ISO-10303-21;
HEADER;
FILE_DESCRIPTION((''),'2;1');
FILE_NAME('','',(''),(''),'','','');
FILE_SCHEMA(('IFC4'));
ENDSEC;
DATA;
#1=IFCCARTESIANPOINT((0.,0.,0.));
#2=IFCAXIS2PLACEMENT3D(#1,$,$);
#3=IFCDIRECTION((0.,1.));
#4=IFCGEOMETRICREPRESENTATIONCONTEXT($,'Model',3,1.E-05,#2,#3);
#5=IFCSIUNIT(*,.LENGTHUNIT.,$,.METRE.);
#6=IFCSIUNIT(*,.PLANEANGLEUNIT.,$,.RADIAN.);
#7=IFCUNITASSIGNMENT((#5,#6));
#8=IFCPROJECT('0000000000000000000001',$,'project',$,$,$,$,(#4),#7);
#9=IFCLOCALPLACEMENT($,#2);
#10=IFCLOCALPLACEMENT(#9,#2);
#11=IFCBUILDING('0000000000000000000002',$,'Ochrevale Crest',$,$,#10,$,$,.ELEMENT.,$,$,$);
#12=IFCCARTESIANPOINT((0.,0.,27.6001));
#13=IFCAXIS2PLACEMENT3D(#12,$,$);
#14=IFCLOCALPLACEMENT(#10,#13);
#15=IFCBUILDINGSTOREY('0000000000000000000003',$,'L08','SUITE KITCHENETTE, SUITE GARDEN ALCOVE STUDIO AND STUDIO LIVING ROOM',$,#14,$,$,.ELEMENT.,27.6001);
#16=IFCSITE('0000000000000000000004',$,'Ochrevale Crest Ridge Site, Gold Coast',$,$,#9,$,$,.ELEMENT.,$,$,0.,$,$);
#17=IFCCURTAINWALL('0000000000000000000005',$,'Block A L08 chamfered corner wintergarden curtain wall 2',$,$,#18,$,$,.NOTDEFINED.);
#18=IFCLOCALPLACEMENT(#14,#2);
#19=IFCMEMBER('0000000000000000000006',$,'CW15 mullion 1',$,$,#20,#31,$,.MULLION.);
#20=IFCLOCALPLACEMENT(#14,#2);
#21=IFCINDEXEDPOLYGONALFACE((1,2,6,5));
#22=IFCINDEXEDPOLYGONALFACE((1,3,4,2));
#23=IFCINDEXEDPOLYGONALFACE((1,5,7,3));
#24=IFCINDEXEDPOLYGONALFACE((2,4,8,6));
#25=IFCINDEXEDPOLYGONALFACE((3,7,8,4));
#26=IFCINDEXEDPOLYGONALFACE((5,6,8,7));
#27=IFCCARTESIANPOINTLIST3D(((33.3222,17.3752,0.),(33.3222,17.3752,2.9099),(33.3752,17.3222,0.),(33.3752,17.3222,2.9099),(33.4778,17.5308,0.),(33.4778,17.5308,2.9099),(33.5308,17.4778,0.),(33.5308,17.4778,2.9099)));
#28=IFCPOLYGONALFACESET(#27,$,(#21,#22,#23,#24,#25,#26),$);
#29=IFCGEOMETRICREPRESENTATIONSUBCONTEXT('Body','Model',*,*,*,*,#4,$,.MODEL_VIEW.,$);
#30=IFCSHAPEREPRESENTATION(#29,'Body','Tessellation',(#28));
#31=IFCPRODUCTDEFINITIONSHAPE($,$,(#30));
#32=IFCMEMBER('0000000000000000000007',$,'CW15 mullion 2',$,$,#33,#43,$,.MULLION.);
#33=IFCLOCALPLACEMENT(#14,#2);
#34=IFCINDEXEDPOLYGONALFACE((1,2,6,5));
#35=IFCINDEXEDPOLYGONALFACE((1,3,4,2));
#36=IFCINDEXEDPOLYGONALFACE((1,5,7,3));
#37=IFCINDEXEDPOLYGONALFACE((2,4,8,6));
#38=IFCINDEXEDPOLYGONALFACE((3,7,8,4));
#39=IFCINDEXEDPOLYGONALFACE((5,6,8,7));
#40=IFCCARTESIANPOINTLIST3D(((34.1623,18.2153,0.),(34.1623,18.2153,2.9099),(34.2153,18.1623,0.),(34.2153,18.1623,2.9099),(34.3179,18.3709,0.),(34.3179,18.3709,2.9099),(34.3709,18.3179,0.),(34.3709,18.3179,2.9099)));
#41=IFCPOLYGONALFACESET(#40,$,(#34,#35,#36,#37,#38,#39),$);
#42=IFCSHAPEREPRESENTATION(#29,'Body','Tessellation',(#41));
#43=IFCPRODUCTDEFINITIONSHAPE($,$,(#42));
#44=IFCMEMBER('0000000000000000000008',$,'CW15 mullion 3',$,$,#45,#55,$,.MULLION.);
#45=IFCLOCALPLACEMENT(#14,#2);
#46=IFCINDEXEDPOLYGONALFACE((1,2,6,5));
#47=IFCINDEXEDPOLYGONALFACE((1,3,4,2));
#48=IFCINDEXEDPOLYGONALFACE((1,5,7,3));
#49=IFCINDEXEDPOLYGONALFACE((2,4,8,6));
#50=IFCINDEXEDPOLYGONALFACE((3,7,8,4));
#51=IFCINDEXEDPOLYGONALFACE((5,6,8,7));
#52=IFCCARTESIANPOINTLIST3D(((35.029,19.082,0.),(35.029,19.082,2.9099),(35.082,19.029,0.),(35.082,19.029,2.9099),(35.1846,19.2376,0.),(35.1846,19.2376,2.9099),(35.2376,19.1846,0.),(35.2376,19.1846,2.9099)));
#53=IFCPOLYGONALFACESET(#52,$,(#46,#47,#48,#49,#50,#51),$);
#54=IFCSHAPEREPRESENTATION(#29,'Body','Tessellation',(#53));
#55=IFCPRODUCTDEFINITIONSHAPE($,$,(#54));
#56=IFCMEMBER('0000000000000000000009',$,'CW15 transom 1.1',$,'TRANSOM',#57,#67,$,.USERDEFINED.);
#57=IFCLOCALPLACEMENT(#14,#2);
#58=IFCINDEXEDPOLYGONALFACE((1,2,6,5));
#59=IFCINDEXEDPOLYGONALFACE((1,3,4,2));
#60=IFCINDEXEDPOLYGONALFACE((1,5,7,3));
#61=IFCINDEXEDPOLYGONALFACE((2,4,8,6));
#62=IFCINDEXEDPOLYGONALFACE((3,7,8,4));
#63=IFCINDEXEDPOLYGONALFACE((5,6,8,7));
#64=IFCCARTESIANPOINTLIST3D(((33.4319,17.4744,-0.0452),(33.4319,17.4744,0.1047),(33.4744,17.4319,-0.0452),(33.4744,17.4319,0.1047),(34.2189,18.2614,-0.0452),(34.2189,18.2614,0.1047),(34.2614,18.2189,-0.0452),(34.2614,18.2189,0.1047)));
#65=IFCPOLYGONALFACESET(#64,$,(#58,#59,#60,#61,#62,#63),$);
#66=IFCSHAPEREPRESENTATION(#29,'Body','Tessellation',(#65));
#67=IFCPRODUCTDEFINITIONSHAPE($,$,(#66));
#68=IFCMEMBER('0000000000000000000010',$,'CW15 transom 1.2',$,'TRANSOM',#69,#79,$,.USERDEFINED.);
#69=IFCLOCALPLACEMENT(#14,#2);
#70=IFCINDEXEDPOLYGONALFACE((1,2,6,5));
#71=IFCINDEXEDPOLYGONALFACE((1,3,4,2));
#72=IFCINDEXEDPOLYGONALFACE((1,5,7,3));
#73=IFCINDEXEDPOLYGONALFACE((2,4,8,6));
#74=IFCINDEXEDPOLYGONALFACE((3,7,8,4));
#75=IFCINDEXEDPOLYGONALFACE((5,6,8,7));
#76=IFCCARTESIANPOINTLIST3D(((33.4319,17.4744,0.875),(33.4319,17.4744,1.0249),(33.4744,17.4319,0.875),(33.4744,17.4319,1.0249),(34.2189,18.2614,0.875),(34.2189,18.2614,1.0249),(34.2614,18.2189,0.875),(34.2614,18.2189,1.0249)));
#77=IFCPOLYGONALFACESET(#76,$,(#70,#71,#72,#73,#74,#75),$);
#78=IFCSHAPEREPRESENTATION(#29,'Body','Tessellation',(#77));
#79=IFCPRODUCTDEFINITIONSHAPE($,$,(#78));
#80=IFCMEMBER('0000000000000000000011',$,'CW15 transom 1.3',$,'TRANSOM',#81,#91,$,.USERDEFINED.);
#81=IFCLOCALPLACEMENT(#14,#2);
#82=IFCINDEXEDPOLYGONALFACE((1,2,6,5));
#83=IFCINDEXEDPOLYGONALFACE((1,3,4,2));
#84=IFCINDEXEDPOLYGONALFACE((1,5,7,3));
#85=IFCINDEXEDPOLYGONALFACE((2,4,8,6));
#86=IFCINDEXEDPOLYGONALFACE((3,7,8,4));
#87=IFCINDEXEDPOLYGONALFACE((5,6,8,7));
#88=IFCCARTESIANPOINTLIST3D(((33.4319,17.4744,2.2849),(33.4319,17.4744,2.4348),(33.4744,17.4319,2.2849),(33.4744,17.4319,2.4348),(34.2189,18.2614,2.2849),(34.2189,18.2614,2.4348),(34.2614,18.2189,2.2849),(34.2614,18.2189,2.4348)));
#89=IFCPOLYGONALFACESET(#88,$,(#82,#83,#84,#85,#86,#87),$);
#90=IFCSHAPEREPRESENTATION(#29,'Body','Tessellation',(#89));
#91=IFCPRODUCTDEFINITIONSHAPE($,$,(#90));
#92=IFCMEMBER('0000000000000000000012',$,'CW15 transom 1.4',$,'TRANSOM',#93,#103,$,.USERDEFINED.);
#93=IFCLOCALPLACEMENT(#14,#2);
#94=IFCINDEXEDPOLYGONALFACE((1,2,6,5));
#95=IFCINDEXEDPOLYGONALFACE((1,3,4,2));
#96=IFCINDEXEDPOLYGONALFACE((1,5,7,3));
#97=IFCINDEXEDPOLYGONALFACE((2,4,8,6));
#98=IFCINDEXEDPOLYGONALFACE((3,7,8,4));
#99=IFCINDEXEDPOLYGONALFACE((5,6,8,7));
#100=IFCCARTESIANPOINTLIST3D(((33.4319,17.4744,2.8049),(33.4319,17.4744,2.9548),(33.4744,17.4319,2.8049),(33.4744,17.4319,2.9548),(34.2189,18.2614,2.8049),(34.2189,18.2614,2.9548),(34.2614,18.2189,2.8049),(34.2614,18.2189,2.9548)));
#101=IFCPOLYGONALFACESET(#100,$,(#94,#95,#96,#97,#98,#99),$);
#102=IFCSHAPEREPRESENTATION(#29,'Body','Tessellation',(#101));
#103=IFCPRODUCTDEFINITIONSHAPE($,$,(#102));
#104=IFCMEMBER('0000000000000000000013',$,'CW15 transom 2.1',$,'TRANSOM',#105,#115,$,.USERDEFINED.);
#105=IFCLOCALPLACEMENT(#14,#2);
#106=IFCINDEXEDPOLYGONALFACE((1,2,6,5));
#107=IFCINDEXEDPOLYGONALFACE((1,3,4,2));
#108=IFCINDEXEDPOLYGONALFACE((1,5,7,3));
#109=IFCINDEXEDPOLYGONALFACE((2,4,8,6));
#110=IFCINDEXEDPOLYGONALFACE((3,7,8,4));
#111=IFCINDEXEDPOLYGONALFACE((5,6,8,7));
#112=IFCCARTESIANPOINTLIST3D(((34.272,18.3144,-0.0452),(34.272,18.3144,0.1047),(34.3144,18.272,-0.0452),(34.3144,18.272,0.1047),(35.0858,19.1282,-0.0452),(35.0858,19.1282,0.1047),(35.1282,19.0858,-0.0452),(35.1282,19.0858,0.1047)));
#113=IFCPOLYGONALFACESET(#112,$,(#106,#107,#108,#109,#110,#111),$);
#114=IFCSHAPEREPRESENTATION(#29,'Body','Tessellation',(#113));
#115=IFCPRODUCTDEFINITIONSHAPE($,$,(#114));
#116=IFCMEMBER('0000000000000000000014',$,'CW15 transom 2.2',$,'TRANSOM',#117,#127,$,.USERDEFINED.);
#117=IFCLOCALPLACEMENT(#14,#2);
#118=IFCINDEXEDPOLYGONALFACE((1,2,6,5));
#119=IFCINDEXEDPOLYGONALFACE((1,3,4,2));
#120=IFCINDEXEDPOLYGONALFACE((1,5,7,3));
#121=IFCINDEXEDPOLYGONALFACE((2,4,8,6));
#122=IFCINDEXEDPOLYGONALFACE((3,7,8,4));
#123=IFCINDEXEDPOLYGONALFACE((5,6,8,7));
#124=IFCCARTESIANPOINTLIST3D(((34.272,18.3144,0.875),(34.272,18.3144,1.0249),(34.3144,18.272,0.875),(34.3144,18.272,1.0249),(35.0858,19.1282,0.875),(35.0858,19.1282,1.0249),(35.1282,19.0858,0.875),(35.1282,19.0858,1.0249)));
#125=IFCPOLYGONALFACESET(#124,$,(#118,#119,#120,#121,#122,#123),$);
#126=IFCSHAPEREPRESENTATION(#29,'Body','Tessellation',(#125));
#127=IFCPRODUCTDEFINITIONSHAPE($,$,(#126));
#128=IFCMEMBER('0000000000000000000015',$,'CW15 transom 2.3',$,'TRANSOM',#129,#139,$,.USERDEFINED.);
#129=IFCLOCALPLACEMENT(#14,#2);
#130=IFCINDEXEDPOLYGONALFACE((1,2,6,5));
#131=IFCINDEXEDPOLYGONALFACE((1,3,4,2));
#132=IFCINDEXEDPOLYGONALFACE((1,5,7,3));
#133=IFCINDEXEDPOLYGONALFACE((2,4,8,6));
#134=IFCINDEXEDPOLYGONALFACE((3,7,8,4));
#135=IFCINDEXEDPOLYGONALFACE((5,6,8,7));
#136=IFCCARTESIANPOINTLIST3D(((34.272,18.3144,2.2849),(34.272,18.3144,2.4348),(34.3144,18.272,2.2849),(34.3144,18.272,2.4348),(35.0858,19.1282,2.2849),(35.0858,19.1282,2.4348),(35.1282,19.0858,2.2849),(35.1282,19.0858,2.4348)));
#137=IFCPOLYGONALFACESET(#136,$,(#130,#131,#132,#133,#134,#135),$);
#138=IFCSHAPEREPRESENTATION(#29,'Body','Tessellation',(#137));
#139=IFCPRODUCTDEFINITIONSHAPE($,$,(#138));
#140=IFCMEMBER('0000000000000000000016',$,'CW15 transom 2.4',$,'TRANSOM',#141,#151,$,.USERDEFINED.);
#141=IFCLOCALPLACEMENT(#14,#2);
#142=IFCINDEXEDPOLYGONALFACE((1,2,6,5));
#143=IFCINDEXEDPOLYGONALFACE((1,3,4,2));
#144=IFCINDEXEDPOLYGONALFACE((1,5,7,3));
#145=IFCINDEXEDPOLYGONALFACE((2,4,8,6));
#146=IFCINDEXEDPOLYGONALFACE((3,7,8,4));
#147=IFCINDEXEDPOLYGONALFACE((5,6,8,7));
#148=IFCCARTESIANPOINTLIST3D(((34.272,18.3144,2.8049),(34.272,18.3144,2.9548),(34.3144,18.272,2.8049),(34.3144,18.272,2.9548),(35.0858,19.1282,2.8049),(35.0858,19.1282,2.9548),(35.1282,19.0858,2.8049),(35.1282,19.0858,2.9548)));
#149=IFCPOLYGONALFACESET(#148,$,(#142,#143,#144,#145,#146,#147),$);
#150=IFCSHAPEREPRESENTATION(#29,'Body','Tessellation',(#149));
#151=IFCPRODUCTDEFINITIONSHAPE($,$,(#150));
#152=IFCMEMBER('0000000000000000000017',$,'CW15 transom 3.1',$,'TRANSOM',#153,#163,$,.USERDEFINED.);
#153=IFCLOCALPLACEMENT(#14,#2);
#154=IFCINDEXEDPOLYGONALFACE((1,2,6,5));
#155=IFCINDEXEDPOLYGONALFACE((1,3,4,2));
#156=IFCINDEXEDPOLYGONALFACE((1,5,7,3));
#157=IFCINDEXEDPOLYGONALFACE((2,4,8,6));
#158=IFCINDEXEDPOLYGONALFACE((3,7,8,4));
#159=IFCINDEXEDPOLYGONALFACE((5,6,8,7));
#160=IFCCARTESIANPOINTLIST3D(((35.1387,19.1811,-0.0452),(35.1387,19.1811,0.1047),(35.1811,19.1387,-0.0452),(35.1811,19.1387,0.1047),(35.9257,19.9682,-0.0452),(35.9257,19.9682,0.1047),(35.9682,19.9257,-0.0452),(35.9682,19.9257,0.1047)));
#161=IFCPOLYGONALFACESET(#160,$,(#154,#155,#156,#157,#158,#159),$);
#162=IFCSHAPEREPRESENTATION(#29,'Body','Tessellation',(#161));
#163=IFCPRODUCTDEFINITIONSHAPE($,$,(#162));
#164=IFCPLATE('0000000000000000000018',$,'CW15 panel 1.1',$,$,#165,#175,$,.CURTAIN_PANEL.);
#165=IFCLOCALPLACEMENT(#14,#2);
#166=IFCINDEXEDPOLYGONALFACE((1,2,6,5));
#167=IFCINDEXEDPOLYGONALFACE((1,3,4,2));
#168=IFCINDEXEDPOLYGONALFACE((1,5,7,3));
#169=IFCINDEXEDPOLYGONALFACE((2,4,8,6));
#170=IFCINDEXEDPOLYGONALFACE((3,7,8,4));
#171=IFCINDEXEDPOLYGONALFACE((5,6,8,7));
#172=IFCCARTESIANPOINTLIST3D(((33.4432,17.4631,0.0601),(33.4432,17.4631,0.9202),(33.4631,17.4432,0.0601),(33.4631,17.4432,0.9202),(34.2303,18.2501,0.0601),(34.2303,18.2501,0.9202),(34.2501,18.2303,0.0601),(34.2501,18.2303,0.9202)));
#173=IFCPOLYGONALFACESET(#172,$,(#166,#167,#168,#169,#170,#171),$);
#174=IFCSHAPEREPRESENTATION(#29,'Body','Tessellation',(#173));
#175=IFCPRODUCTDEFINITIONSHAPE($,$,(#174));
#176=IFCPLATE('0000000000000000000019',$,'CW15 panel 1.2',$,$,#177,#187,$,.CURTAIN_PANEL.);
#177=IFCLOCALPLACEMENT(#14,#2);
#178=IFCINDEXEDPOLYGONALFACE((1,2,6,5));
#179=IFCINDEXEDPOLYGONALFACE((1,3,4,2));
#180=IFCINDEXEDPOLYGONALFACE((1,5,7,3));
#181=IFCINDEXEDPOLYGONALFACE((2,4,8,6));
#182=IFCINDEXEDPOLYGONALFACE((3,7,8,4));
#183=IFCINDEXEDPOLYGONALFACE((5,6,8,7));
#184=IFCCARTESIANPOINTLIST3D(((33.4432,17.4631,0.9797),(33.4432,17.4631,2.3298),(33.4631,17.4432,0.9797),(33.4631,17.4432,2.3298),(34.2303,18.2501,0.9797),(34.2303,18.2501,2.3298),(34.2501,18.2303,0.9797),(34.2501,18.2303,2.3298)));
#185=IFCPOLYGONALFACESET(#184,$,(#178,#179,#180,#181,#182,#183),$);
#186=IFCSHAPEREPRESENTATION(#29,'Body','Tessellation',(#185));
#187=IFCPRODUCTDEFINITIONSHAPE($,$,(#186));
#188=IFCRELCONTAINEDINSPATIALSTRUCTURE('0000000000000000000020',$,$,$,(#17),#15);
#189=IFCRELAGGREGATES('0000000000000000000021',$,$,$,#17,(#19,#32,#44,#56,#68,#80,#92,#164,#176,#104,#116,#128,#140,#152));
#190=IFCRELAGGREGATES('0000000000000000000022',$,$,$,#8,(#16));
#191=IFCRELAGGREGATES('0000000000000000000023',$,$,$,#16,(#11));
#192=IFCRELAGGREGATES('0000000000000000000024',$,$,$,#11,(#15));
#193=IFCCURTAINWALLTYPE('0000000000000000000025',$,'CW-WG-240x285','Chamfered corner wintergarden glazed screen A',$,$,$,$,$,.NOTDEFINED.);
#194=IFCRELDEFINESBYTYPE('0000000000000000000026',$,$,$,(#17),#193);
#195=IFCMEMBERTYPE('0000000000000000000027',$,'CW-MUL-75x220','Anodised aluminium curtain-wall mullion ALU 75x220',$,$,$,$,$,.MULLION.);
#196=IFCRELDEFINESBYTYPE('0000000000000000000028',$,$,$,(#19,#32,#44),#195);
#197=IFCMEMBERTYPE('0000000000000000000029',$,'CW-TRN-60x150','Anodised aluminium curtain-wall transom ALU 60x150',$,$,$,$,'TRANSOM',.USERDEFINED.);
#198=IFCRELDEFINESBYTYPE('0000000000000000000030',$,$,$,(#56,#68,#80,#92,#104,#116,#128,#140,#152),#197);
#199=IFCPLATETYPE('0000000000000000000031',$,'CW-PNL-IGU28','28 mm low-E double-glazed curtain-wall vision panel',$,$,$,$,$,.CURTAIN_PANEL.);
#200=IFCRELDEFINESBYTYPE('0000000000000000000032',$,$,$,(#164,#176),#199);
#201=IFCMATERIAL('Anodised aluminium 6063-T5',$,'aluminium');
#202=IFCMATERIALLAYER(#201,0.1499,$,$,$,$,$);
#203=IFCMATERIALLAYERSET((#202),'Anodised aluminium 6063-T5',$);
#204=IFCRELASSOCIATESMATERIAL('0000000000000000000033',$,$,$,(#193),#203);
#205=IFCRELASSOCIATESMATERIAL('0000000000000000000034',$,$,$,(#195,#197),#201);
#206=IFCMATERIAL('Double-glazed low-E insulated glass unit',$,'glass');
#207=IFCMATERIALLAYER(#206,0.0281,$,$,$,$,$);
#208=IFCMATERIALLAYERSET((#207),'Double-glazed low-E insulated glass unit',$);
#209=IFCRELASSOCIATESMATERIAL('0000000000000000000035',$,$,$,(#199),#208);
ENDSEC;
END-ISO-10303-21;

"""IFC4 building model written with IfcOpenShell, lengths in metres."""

from ifc_helpers import new_model, si_unit, direction, frame, origin, origin_2d, place, context, subcontext, project, spatial, rectangle, extrude, material, layer, layer_set, material_profile, profile_set, type_object, element, aggregate, save


model = new_model("IFC4")

# Units and contexts
model_context = context("Model", 3, precision=1e-05, world=origin(), true_north=direction((0.0, 1.0)))
body_context = subcontext(model_context, "Body", "Model", "MODEL_VIEW")
ifc_project = project(units=[si_unit("LENGTHUNIT", "METRE"), si_unit("PLANEANGLEUNIT", "RADIAN")], contexts=[model_context])

# Site, building, storey
site_placement = place(None, origin())
site = spatial("IfcSite", under=ifc_project, at=site_placement, Name="Ochrevale Crest Ridge Site, Gold Coast", CompositionType="ELEMENT", RefElevation=0.0)
building_placement = place(site_placement, origin())
building = spatial("IfcBuilding", under=site, at=building_placement, Name="Ochrevale Crest", CompositionType="ELEMENT")
storey_placement = place(building_placement, frame((0.0, 0.0, 27.6001)))
storey = spatial("IfcBuildingStorey", under=building, at=storey_placement, Name="L08", Description="SUITE KITCHENETTE, SUITE GARDEN ALCOVE STUDIO AND STUDIO LIVING ROOM", CompositionType="ELEMENT", Elevation=27.6001)

# Curtain wall, members, plates
ifc_material_1 = material(Name="Anodised aluminium 6063-T5", Category="aluminium")
ifc_layer_1 = layer(ifc_material_1, 0.1499)
ifc_layer_set_1 = layer_set([ifc_layer_1], Name="Anodised aluminium 6063-T5")
curtain_wall_type = type_object("IfcCurtainWallType", Name="CW-WG-240x285", Description="Chamfered corner wintergarden glazed screen A", PredefinedType="NOTDEFINED", material=ifc_layer_set_1)
curtain_wall_placement = place(storey_placement, origin())
curtain_wall = element("IfcCurtainWall", 1, at=curtain_wall_placement, inside=storey, type_object=curtain_wall_type, Name="Block A L08 chamfered corner wintergarden curtain wall 2", PredefinedType="NOTDEFINED")
ifc_material_profile_1 = material_profile(ifc_material_1, rectangle(XDim=0.075, YDim=0.22, at=origin_2d()), Name="ALU 75x220")
ifc_profile_set_1 = profile_set([ifc_material_profile_1], Name="Anodised aluminium 6063-T5")
member_type_1 = type_object("IfcMemberType", Name="CW-MUL-75x220", Description="Anodised aluminium curtain-wall mullion ALU 75x220", PredefinedType="MULLION", material=ifc_profile_set_1)
member_1_placement = place(storey_placement, frame((33.4265, 17.4265, 0.0), z_axis=(0.0, 0.0, 1.0), x_axis=(-0.707107, 0.707107, 0.0)))
member_1 = element("IfcMember", 2, at=member_1_placement, type_object=member_type_1, Name="CW15 mullion 1", PredefinedType="MULLION", context=body_context, shape_type="SweptSolid", body=[
    extrude(rectangle(XDim=0.075, YDim=0.22, at=origin_2d()), origin(), (0.0, 0.0, 1.0), 2.9099),
])
member_2_placement = place(storey_placement, frame((34.2666, 18.2666, 0.0), z_axis=(0.0, 0.0, 1.0), x_axis=(-0.707107, 0.707107, 0.0)))
member_2 = element("IfcMember", 3, at=member_2_placement, type_object=member_type_1, Name="CW15 mullion 2", PredefinedType="MULLION", context=body_context, shape_type="SweptSolid", body=[
    extrude(rectangle(XDim=0.075, YDim=0.22, at=origin_2d()), origin(), (0.0, 0.0, 1.0), 2.9099),
])
member_3_placement = place(storey_placement, frame((35.1333, 19.1333, 0.0), z_axis=(0.0, 0.0, 1.0), x_axis=(-0.707107, 0.707107, 0.0)))
member_3 = element("IfcMember", 4, at=member_3_placement, type_object=member_type_1, Name="CW15 mullion 3", PredefinedType="MULLION", context=body_context, shape_type="SweptSolid", body=[
    extrude(rectangle(XDim=0.075, YDim=0.22, at=origin_2d()), origin(), (0.0, 0.0, 1.0), 2.9099),
])
ifc_material_profile_2 = material_profile(ifc_material_1, rectangle(XDim=0.0601, YDim=0.1499, at=origin_2d()), Name="ALU 60x150")
ifc_profile_set_2 = profile_set([ifc_material_profile_2], Name="Anodised aluminium 6063-T5")
member_type_2 = type_object("IfcMemberType", Name="CW-TRN-60x150", Description="Anodised aluminium curtain-wall transom ALU 60x150", ElementType="TRANSOM", PredefinedType="USERDEFINED", material=ifc_profile_set_2)
member_4_placement = place(storey_placement, frame((33.4531, 17.4531, 0.0298), z_axis=(0.707107, 0.707107, 0.0), x_axis=(-0.707107, 0.707107, 0.0)))
member_4 = element("IfcMember", 5, at=member_4_placement, type_object=member_type_2, Name="CW15 transom 1.1", ObjectType="TRANSOM", PredefinedType="USERDEFINED", context=body_context, shape_type="SweptSolid", body=[
    extrude(rectangle(XDim=0.0601, YDim=0.1499, at=origin_2d()), origin(), (0.0, 0.0, 1.0), 1.113),
])
member_5_placement = place(storey_placement, frame((33.4531, 17.4531, 0.95), z_axis=(0.707107, 0.707107, 0.0), x_axis=(-0.707107, 0.707107, 0.0)))
member_5 = element("IfcMember", 6, at=member_5_placement, type_object=member_type_2, Name="CW15 transom 1.2", ObjectType="TRANSOM", PredefinedType="USERDEFINED", context=body_context, shape_type="SweptSolid", body=[
    extrude(rectangle(XDim=0.0601, YDim=0.1499, at=origin_2d()), origin(), (0.0, 0.0, 1.0), 1.113),
])
member_6_placement = place(storey_placement, frame((33.4531, 17.4531, 2.3599), z_axis=(0.707107, 0.707107, 0.0), x_axis=(-0.707107, 0.707107, 0.0)))
member_6 = element("IfcMember", 7, at=member_6_placement, type_object=member_type_2, Name="CW15 transom 1.3", ObjectType="TRANSOM", PredefinedType="USERDEFINED", context=body_context, shape_type="SweptSolid", body=[
    extrude(rectangle(XDim=0.0601, YDim=0.1499, at=origin_2d()), origin(), (0.0, 0.0, 1.0), 1.113),
])
member_7_placement = place(storey_placement, frame((33.4531, 17.4531, 2.8799), z_axis=(0.707107, 0.707107, 0.0), x_axis=(-0.707107, 0.707107, 0.0)))
member_7 = element("IfcMember", 8, at=member_7_placement, type_object=member_type_2, Name="CW15 transom 1.4", ObjectType="TRANSOM", PredefinedType="USERDEFINED", context=body_context, shape_type="SweptSolid", body=[
    extrude(rectangle(XDim=0.0601, YDim=0.1499, at=origin_2d()), origin(), (0.0, 0.0, 1.0), 1.113),
])
member_8_placement = place(storey_placement, frame((34.2932, 18.2932, 0.0298), z_axis=(0.707107, 0.707107, 0.0), x_axis=(-0.707107, 0.707107, 0.0)))
member_8 = element("IfcMember", 9, at=member_8_placement, type_object=member_type_2, Name="CW15 transom 2.1", ObjectType="TRANSOM", PredefinedType="USERDEFINED", context=body_context, shape_type="SweptSolid", body=[
    extrude(rectangle(XDim=0.0601, YDim=0.1499, at=origin_2d()), origin(), (0.0, 0.0, 1.0), 1.1509),
])
member_9_placement = place(storey_placement, frame((34.2932, 18.2932, 0.95), z_axis=(0.707107, 0.707107, 0.0), x_axis=(-0.707107, 0.707107, 0.0)))
member_9 = element("IfcMember", 10, at=member_9_placement, type_object=member_type_2, Name="CW15 transom 2.2", ObjectType="TRANSOM", PredefinedType="USERDEFINED", context=body_context, shape_type="SweptSolid", body=[
    extrude(rectangle(XDim=0.0601, YDim=0.1499, at=origin_2d()), origin(), (0.0, 0.0, 1.0), 1.1509),
])
member_10_placement = place(storey_placement, frame((34.2932, 18.2932, 2.3599), z_axis=(0.707107, 0.707107, 0.0), x_axis=(-0.707107, 0.707107, 0.0)))
member_10 = element("IfcMember", 11, at=member_10_placement, type_object=member_type_2, Name="CW15 transom 2.3", ObjectType="TRANSOM", PredefinedType="USERDEFINED", context=body_context, shape_type="SweptSolid", body=[
    extrude(rectangle(XDim=0.0601, YDim=0.1499, at=origin_2d()), origin(), (0.0, 0.0, 1.0), 1.1509),
])
member_11_placement = place(storey_placement, frame((34.2932, 18.2932, 2.8799), z_axis=(0.707107, 0.707107, 0.0), x_axis=(-0.707107, 0.707107, 0.0)))
member_11 = element("IfcMember", 12, at=member_11_placement, type_object=member_type_2, Name="CW15 transom 2.4", ObjectType="TRANSOM", PredefinedType="USERDEFINED", context=body_context, shape_type="SweptSolid", body=[
    extrude(rectangle(XDim=0.0601, YDim=0.1499, at=origin_2d()), origin(), (0.0, 0.0, 1.0), 1.1509),
])
member_12_placement = place(storey_placement, frame((35.1599, 19.1599, 0.0298), z_axis=(0.707107, 0.707107, 0.0), x_axis=(-0.707107, 0.707107, 0.0)))
member_12 = element("IfcMember", 13, at=member_12_placement, type_object=member_type_2, Name="CW15 transom 3.1", ObjectType="TRANSOM", PredefinedType="USERDEFINED", context=body_context, shape_type="SweptSolid", body=[
    extrude(rectangle(XDim=0.0601, YDim=0.1499, at=origin_2d()), origin(), (0.0, 0.0, 1.0), 1.113),
])
ifc_material_2 = material(Name="Double-glazed low-E insulated glass unit", Category="glass")
ifc_layer_2 = layer(ifc_material_2, 0.0281)
ifc_layer_set_2 = layer_set([ifc_layer_2], Name="Double-glazed low-E insulated glass unit")
plate_type = type_object("IfcPlateType", Name="CW-PNL-IGU28", Description="28 mm low-E double-glazed curtain-wall vision panel", PredefinedType="CURTAIN_PANEL", material=ifc_layer_set_2)
plate_1_placement = place(storey_placement, frame((33.8467, 17.8467, 0.0601), z_axis=(0.0, 0.0, 1.0), x_axis=(0.707107, 0.707107, 0.0)))
plate_1 = element("IfcPlate", 14, at=plate_1_placement, type_object=plate_type, Name="CW15 panel 1.1", PredefinedType="CURTAIN_PANEL", context=body_context, shape_type="SweptSolid", body=[
    extrude(rectangle(XDim=1.113, YDim=0.0281, at=origin_2d()), origin(), (0.0, 0.0, 1.0), 0.8601),
])
plate_2_placement = place(storey_placement, frame((33.8467, 17.8467, 0.9797), z_axis=(0.0, 0.0, 1.0), x_axis=(0.707107, 0.707107, 0.0)))
plate_2 = element("IfcPlate", 15, at=plate_2_placement, type_object=plate_type, Name="CW15 panel 1.2", PredefinedType="CURTAIN_PANEL", context=body_context, shape_type="SweptSolid", body=[
    extrude(rectangle(XDim=1.113, YDim=0.0281, at=origin_2d()), origin(), (0.0, 0.0, 1.0), 1.3501),
])
aggregate(curtain_wall, [member_1, member_2, member_3, member_4, member_5, member_6, member_7, plate_1, plate_2, member_8, member_9, member_10, member_11, member_12])

save(model, "model.ifc")
